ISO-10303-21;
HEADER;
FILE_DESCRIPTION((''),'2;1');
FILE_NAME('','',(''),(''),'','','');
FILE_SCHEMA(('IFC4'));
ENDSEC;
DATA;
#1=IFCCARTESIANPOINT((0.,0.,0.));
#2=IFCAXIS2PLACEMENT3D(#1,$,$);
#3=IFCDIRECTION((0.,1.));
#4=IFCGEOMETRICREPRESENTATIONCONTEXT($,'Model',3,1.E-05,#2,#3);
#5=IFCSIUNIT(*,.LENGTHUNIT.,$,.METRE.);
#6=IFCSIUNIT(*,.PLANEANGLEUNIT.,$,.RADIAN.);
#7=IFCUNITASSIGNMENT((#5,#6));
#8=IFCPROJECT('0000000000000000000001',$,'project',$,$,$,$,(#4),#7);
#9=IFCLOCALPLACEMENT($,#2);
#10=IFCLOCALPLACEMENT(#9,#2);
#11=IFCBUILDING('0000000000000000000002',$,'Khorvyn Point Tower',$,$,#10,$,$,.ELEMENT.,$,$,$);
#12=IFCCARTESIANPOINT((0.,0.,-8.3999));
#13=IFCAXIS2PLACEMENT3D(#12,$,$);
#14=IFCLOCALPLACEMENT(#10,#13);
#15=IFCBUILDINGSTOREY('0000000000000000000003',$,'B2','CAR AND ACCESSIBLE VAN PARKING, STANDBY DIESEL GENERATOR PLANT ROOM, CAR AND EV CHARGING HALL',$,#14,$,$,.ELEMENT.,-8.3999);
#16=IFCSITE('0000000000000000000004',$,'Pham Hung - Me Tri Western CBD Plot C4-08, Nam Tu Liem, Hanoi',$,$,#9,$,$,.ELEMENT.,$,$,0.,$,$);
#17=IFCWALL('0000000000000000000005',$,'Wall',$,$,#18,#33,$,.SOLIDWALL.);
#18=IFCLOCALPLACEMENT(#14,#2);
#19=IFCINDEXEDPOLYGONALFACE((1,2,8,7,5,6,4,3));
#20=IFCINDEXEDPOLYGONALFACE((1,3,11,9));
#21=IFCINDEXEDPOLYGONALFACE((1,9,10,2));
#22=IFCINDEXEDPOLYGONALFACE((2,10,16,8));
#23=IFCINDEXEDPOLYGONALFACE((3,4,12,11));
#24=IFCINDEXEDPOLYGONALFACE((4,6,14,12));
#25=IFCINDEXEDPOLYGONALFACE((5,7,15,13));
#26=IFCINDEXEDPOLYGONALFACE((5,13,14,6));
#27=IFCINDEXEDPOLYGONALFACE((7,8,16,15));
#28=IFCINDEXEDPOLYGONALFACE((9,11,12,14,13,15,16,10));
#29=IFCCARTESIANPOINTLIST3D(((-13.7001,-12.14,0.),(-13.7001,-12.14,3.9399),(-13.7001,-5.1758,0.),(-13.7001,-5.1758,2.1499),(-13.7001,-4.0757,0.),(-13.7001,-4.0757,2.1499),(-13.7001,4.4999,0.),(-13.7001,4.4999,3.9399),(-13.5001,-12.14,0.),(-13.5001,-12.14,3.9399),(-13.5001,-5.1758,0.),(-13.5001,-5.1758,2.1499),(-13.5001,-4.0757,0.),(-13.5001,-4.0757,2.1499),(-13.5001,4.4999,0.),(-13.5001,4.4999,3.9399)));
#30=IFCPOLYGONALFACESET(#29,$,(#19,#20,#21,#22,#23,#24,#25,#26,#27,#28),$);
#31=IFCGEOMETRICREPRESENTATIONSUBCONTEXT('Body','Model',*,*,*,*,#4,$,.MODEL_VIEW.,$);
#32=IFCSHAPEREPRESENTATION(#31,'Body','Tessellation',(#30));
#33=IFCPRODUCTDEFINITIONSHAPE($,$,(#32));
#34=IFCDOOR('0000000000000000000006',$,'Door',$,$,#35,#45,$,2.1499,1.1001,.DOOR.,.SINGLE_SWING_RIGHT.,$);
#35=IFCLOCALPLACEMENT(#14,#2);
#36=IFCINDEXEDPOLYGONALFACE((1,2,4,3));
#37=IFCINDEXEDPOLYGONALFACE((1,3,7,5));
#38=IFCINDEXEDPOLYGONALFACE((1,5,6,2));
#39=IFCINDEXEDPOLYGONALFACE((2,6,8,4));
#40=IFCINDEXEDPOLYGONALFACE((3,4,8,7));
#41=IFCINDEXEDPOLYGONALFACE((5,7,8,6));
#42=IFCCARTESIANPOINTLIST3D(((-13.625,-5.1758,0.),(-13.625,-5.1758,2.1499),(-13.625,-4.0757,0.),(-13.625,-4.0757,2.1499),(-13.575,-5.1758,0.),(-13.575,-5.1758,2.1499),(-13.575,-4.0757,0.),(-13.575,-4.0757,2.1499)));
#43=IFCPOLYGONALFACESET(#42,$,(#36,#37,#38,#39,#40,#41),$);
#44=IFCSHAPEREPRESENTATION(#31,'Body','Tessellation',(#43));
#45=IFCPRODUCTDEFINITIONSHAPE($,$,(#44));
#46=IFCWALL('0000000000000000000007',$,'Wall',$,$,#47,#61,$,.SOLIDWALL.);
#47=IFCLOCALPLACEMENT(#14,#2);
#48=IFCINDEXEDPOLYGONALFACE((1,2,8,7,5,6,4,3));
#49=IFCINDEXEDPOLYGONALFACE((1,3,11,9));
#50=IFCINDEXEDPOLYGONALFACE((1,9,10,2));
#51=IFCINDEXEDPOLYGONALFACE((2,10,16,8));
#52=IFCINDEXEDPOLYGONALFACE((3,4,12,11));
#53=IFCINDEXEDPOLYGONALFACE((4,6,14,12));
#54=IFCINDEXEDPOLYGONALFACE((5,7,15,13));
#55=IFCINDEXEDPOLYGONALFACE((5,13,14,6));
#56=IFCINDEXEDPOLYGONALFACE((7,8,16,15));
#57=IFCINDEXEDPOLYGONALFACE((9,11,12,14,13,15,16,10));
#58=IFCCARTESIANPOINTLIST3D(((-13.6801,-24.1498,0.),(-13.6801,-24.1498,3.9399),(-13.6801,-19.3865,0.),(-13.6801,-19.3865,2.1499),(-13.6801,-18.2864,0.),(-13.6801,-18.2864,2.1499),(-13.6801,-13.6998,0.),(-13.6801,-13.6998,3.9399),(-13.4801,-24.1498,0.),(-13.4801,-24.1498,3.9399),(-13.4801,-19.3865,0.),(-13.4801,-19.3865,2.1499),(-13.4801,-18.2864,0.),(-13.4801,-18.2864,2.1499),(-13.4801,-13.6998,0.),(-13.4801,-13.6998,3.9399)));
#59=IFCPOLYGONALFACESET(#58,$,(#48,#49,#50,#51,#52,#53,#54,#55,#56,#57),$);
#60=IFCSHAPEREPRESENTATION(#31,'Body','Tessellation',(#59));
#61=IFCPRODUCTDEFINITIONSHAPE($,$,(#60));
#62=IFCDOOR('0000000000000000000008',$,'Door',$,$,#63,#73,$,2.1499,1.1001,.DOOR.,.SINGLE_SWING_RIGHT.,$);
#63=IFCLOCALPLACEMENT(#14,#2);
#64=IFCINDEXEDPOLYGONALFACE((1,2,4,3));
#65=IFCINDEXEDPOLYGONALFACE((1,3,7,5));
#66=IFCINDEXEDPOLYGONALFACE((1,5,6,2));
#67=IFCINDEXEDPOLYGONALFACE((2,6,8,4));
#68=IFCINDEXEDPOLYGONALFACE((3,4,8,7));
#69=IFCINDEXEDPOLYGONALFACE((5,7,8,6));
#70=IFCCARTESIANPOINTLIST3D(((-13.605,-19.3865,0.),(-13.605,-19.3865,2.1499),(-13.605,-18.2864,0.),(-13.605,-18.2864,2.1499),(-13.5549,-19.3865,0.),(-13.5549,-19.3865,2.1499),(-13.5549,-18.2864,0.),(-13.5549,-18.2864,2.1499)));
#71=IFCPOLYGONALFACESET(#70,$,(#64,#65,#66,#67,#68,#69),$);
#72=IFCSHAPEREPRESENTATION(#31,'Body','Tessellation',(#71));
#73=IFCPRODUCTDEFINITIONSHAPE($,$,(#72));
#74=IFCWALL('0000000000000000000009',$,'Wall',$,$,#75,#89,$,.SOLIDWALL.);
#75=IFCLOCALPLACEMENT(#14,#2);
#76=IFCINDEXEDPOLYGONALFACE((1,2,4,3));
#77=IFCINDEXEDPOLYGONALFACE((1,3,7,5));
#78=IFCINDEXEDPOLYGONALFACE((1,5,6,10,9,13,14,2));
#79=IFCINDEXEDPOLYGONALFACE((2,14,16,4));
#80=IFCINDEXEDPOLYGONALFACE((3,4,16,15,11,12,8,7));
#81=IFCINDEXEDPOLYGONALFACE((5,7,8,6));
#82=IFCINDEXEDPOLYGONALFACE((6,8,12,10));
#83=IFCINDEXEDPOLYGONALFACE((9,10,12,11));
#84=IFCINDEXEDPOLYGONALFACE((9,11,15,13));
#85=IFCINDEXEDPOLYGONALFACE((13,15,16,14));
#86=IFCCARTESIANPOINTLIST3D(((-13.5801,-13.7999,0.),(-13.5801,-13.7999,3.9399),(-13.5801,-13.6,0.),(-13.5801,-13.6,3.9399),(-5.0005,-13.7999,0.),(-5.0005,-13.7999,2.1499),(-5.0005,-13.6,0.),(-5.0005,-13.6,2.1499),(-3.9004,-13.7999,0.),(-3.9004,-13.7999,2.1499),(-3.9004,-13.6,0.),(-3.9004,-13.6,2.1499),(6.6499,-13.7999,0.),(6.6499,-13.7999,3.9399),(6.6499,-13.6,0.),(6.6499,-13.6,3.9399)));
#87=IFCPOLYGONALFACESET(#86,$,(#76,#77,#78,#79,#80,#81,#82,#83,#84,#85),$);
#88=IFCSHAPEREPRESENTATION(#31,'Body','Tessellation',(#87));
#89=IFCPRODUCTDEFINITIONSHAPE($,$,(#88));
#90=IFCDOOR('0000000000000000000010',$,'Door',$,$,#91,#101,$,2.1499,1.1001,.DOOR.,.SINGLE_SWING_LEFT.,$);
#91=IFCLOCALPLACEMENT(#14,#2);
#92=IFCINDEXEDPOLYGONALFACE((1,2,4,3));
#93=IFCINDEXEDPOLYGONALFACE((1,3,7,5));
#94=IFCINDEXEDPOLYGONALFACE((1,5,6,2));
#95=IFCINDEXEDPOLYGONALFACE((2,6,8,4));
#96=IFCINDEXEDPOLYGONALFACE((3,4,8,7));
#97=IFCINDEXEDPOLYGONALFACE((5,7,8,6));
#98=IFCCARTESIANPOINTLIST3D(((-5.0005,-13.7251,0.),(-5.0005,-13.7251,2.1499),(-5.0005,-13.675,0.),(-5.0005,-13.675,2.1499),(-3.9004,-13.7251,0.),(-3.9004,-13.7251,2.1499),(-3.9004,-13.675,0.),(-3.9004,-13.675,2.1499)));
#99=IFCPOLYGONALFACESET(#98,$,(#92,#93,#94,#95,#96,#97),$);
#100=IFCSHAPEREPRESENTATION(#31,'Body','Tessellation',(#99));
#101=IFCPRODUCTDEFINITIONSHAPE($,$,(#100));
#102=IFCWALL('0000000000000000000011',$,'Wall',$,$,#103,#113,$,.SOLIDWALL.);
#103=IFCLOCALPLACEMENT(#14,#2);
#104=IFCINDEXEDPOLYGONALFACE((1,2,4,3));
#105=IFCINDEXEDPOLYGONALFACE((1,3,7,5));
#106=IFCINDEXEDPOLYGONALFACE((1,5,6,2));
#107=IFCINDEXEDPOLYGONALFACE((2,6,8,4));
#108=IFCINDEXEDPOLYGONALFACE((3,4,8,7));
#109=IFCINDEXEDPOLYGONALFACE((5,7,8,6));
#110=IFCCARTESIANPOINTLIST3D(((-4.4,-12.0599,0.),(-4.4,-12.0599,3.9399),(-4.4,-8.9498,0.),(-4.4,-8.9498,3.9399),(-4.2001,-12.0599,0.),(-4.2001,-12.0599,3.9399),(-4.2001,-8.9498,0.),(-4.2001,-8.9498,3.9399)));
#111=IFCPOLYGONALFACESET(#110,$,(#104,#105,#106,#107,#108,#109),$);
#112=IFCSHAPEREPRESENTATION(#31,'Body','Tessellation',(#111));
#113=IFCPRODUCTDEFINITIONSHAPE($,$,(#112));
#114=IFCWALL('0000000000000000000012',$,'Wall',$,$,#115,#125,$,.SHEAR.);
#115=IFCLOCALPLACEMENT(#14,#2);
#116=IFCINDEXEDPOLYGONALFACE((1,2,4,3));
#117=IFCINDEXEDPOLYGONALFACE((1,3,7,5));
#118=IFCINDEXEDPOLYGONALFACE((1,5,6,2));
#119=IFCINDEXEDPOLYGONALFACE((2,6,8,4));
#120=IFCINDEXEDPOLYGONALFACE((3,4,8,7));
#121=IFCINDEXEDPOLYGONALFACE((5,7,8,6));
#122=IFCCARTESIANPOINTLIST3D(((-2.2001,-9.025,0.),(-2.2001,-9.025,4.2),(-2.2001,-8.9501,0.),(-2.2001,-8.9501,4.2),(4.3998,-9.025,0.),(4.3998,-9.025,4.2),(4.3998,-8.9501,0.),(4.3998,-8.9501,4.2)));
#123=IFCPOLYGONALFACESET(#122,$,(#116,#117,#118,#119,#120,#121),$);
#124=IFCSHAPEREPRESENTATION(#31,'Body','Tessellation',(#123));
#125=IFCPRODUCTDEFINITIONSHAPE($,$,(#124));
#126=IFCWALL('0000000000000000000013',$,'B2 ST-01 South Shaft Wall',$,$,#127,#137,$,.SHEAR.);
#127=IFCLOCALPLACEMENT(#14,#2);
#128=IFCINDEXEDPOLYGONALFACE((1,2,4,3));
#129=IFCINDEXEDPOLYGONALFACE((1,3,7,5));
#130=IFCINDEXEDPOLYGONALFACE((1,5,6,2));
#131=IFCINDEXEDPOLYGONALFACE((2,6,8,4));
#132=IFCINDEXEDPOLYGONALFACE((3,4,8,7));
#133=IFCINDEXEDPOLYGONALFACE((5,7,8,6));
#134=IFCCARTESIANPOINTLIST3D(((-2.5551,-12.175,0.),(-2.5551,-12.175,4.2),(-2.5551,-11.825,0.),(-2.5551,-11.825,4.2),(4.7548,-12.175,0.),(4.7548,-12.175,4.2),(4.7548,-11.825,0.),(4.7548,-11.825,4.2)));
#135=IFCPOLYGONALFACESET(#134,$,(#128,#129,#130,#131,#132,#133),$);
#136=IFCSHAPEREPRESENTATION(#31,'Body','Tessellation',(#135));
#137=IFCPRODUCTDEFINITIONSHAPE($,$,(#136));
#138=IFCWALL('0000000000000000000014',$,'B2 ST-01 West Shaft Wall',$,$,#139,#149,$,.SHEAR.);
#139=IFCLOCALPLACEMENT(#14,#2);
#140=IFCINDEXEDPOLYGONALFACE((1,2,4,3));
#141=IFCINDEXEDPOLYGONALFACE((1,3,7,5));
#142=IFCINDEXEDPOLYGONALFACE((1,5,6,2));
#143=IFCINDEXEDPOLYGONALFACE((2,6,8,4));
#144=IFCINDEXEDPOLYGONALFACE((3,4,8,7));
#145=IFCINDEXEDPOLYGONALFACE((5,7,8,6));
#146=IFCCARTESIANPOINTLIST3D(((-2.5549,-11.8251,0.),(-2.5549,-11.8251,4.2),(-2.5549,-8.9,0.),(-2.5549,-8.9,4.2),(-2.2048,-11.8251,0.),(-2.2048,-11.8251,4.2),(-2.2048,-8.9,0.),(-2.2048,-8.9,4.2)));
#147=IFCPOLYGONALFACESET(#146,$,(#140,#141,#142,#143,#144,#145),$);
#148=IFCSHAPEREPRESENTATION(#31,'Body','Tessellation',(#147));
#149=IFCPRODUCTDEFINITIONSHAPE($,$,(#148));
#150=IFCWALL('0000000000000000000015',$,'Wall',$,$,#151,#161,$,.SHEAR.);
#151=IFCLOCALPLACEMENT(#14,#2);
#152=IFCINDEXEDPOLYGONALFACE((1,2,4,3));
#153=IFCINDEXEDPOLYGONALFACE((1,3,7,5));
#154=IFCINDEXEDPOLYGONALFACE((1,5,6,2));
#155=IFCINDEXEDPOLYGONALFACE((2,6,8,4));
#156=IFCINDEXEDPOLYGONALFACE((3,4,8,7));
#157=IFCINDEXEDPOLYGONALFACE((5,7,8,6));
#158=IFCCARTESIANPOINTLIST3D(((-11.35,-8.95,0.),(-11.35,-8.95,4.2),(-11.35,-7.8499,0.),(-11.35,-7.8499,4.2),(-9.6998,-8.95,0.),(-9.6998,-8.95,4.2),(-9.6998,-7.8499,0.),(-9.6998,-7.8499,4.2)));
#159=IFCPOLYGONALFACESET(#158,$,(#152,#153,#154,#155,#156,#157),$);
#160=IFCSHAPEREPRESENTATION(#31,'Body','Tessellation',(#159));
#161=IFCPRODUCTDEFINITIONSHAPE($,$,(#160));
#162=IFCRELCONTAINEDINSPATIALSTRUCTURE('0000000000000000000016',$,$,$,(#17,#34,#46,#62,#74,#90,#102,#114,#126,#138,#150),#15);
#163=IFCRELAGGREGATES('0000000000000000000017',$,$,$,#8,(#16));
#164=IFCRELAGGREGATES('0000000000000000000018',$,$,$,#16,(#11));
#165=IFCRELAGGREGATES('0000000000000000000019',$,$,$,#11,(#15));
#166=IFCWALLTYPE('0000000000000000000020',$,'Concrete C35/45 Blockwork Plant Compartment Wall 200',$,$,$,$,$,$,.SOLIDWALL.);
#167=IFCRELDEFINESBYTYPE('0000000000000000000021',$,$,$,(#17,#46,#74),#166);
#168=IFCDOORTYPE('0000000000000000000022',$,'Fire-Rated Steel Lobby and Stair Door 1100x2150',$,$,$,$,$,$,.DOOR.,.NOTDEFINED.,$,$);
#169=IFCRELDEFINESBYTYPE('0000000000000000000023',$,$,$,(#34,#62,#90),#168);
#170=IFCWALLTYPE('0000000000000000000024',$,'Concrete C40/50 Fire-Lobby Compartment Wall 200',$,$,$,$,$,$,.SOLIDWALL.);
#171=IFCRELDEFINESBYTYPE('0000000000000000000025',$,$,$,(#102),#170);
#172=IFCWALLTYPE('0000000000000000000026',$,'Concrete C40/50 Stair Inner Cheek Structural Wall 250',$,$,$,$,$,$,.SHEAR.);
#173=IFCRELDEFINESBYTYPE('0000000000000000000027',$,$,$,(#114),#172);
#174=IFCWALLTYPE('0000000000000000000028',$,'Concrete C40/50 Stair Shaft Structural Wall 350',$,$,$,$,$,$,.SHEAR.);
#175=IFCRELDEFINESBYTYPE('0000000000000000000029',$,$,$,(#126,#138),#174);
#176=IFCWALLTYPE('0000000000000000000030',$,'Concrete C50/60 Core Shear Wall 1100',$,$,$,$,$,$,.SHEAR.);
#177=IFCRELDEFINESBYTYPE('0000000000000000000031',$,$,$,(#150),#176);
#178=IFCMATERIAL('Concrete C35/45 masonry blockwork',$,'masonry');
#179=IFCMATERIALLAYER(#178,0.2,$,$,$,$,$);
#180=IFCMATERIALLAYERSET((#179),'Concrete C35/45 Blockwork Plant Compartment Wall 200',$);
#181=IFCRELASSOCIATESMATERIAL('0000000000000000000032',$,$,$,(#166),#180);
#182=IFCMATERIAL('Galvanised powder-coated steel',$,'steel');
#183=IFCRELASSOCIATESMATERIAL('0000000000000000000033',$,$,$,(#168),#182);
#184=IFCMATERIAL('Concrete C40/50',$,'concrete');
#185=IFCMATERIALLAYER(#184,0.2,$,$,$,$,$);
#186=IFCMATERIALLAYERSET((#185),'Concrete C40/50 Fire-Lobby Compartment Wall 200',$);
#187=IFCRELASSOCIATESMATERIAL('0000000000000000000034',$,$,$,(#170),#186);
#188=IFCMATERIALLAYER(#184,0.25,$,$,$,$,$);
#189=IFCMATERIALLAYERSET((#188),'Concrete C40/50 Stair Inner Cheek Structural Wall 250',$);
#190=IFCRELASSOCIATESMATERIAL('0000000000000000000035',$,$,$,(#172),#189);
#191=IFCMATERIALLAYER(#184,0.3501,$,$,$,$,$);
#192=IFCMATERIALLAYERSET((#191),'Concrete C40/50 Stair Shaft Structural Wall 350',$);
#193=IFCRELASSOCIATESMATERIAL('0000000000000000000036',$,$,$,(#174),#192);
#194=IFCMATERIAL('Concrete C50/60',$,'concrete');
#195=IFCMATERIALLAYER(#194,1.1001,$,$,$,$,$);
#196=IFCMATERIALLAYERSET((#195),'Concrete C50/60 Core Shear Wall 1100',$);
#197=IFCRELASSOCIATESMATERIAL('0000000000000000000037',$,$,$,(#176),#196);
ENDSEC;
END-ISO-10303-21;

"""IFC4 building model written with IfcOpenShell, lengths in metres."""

from ifc_helpers import new_model, si_unit, direction, frame, frame_2d, origin, place, context, subcontext, project, spatial, rectangle, extrude, material, layer, layer_set, type_object, element, fill, save


model = new_model("IFC4")

# Units and contexts
model_context = context("Model", 3, precision=1e-05, world=origin(), true_north=direction((0.0, 1.0)))
body_context = subcontext(model_context, "Body", "Model", "MODEL_VIEW")
ifc_project = project(units=[si_unit("LENGTHUNIT", "METRE"), si_unit("PLANEANGLEUNIT", "RADIAN")], contexts=[model_context])

# Site, building, storey
site_placement = place(None, origin())
site = spatial("IfcSite", under=ifc_project, at=site_placement, Name="Pham Hung - Me Tri Western CBD Plot C4-08, Nam Tu Liem, Hanoi", CompositionType="ELEMENT", RefElevation=0.0)
building_placement = place(site_placement, origin())
building = spatial("IfcBuilding", under=site, at=building_placement, Name="Khorvyn Point Tower", CompositionType="ELEMENT")
storey_placement = place(building_placement, frame((0.0, 0.0, -8.3999)))
storey = spatial("IfcBuildingStorey", under=building, at=storey_placement, Name="B2", Description="CAR AND ACCESSIBLE VAN PARKING, STANDBY DIESEL GENERATOR PLANT ROOM, CAR AND EV CHARGING HALL", CompositionType="ELEMENT", Elevation=-8.3999)

# Shared definitions
ifc_material_1 = material(Name="Concrete C50/60", Category="concrete")

# Walls, openings, doors
ifc_material_2 = material(Name="Concrete C35/45 masonry blockwork", Category="masonry")
ifc_layer_1 = layer(ifc_material_2, 0.2)
ifc_layer_set_1 = layer_set([ifc_layer_1], Name="Concrete C35/45 Blockwork Plant Compartment Wall 200")
wall_type_1 = type_object("IfcWallType", Name="Concrete C35/45 Blockwork Plant Compartment Wall 200", PredefinedType="SOLIDWALL", material=ifc_layer_set_1)
wall_1_placement = place(storey_placement, frame((-13.6001, -12.1399, 0.0), z_axis=(0.0, 0.0, 1.0), x_axis=(0.0, 1.0, 0.0)))
wall_1 = element("IfcWall", 1, at=wall_1_placement, inside=storey, type_object=wall_type_1, Name="Wall", PredefinedType="SOLIDWALL", context=body_context, shape_type="SweptSolid", body=[
    extrude(rectangle(XDim=16.6399, YDim=0.2, at=frame_2d((8.3198, 0.0))), origin(), (0.0, 0.0, 1.0), 3.9399),
])
opening_1_placement = place(wall_1_placement, frame((6.9641, 0.0, 0.0)))
opening_1 = element("IfcOpeningElement", 2, at=opening_1_placement, cuts=wall_1, PredefinedType="OPENING", context=body_context, shape_type="SweptSolid", body=[
    extrude(rectangle(XDim=1.1001, YDim=2.1499, at=frame_2d((0.55, 1.075))), frame((0.0, 0.1099, 0.0), z_axis=(0.0, -1.0, 0.0), x_axis=(1.0, 0.0, 0.0)), (0.0, 0.0, 1.0), 0.22),
])
ifc_material_3 = material(Name="Galvanised powder-coated steel", Category="steel")
door_type = type_object("IfcDoorType", Name="Fire-Rated Steel Lobby and Stair Door 1100x2150", OperationType="NOTDEFINED", PredefinedType="DOOR", material=ifc_material_3)
door_1_placement = place(opening_1_placement, origin())
door_1 = element("IfcDoor", 3, at=door_1_placement, inside=storey, type_object=door_type, Name="Door", OperationType="SINGLE_SWING_RIGHT", OverallHeight=2.1499, OverallWidth=1.1001, PredefinedType="DOOR", context=body_context, shape_type="SweptSolid", body=[
    extrude(rectangle(XDim=1.1001, YDim=2.1499, at=frame_2d((0.55, 1.075))), frame((0.0, 0.0249, 0.0), z_axis=(0.0, -1.0, 0.0), x_axis=(1.0, 0.0, 0.0)), (0.0, 0.0, 1.0), 0.05),
])
fill(opening_1, door_1)
wall_2_placement = place(storey_placement, frame((-13.5801, -24.1499, 0.0), z_axis=(0.0, 0.0, 1.0), x_axis=(0.0, 1.0, 0.0)))
wall_2 = element("IfcWall", 4, at=wall_2_placement, inside=storey, type_object=wall_type_1, Name="Wall", PredefinedType="SOLIDWALL", context=body_context, shape_type="SweptSolid", body=[
    extrude(rectangle(XDim=10.45, YDim=0.2, at=frame_2d((5.2251, 0.0))), origin(), (0.0, 0.0, 1.0), 3.9399),
])
opening_2_placement = place(wall_2_placement, frame((4.7634, 0.0, 0.0)))
opening_2 = element("IfcOpeningElement", 5, at=opening_2_placement, cuts=wall_2, PredefinedType="OPENING", context=body_context, shape_type="SweptSolid", body=[
    extrude(rectangle(XDim=1.1001, YDim=2.1499, at=frame_2d((0.55, 1.075))), frame((0.0, 0.1099, 0.0), z_axis=(0.0, -1.0, 0.0), x_axis=(1.0, 0.0, 0.0)), (0.0, 0.0, 1.0), 0.22),
])
door_2_placement = place(opening_2_placement, origin())
door_2 = element("IfcDoor", 6, at=door_2_placement, inside=storey, type_object=door_type, Name="Door", OperationType="SINGLE_SWING_RIGHT", OverallHeight=2.1499, OverallWidth=1.1001, PredefinedType="DOOR", context=body_context, shape_type="SweptSolid", body=[
    extrude(rectangle(XDim=1.1001, YDim=2.1499, at=frame_2d((0.55, 1.075))), frame((0.0, 0.0249, 0.0), z_axis=(0.0, -1.0, 0.0), x_axis=(1.0, 0.0, 0.0)), (0.0, 0.0, 1.0), 0.05),
])
fill(opening_2, door_2)
wall_3_placement = place(storey_placement, frame((-13.5801, -13.7, 0.0), z_axis=(0.0, 0.0, 1.0), x_axis=(1.0, 0.0, 0.0)))
wall_3 = element("IfcWall", 7, at=wall_3_placement, inside=storey, type_object=wall_type_1, Name="Wall", PredefinedType="SOLIDWALL", context=body_context, shape_type="SweptSolid", body=[
    extrude(rectangle(XDim=20.23, YDim=0.2, at=frame_2d((10.115, 0.0))), origin(), (0.0, 0.0, 1.0), 3.9399),
])
opening_3_placement = place(wall_3_placement, frame((8.5796, 0.0, 0.0)))
opening_3 = element("IfcOpeningElement", 8, at=opening_3_placement, cuts=wall_3, PredefinedType="OPENING", context=body_context, shape_type="SweptSolid", body=[
    extrude(rectangle(XDim=1.1001, YDim=2.1499, at=frame_2d((0.55, 1.075))), frame((0.0, 0.1099, 0.0), z_axis=(0.0, -1.0, 0.0), x_axis=(1.0, 0.0, 0.0)), (0.0, 0.0, 1.0), 0.22),
])
door_3_placement = place(opening_3_placement, origin())
door_3 = element("IfcDoor", 9, at=door_3_placement, inside=storey, type_object=door_type, Name="Door", OperationType="SINGLE_SWING_LEFT", OverallHeight=2.1499, OverallWidth=1.1001, PredefinedType="DOOR", context=body_context, shape_type="SweptSolid", body=[
    extrude(rectangle(XDim=1.1001, YDim=2.1499, at=frame_2d((0.55, 1.075))), frame((0.0, 0.0249, 0.0), z_axis=(0.0, -1.0, 0.0), x_axis=(1.0, 0.0, 0.0)), (0.0, 0.0, 1.0), 0.05),
])
fill(opening_3, door_3)
ifc_material_4 = material(Name="Concrete C40/50", Category="concrete")
ifc_layer_2 = layer(ifc_material_4, 0.2)
ifc_layer_set_2 = layer_set([ifc_layer_2], Name="Concrete C40/50 Fire-Lobby Compartment Wall 200")
wall_type_2 = type_object("IfcWallType", Name="Concrete C40/50 Fire-Lobby Compartment Wall 200", PredefinedType="SOLIDWALL", material=ifc_layer_set_2)

# Walls
wall_4_placement = place(storey_placement, frame((-4.3, -12.0601, 0.0), z_axis=(0.0, 0.0, 1.0), x_axis=(0.0, 1.0, 0.0)))
element("IfcWall", 10, at=wall_4_placement, inside=storey, type_object=wall_type_2, Name="Wall", PredefinedType="SOLIDWALL", context=body_context, shape_type="SweptSolid", body=[
    extrude(rectangle(XDim=3.1101, YDim=0.2, at=frame_2d((1.5552, 0.0))), origin(), (0.0, 0.0, 1.0), 3.9399),
])
ifc_layer_3 = layer(ifc_material_4, 0.25)
ifc_layer_set_3 = layer_set([ifc_layer_3], Name="Concrete C40/50 Stair Inner Cheek Structural Wall 250")
wall_type_3 = type_object("IfcWallType", Name="Concrete C40/50 Stair Inner Cheek Structural Wall 250", PredefinedType="SHEAR", material=ifc_layer_set_3)
wall_5_placement = place(storey_placement, frame((-2.2, -8.9875, 0.0), z_axis=(0.0, 0.0, 1.0), x_axis=(1.0, 0.0, 0.0)))
element("IfcWall", 11, at=wall_5_placement, inside=storey, type_object=wall_type_3, Name="Wall", PredefinedType="SHEAR", context=body_context, shape_type="SweptSolid", body=[
    extrude(rectangle(XDim=6.5999, YDim=0.075, at=frame_2d((3.2998, 0.0))), origin(), (0.0, 0.0, 1.0), 4.2),
])
ifc_layer_4 = layer(ifc_material_4, 0.3501)
ifc_layer_set_4 = layer_set([ifc_layer_4], Name="Concrete C40/50 Stair Shaft Structural Wall 350")
wall_type_4 = type_object("IfcWallType", Name="Concrete C40/50 Stair Shaft Structural Wall 350", PredefinedType="SHEAR", material=ifc_layer_set_4)
wall_6_placement = place(storey_placement, frame((-2.5549, -12.0, 0.0), z_axis=(0.0, 0.0, 1.0), x_axis=(1.0, 0.0, 0.0)))
element("IfcWall", 12, at=wall_6_placement, inside=storey, type_object=wall_type_4, Name="B2 ST-01 South Shaft Wall", PredefinedType="SHEAR", context=body_context, shape_type="SweptSolid", body=[
    extrude(rectangle(XDim=7.3098, YDim=0.3501, at=frame_2d((3.6548, 0.0))), origin(), (0.0, 0.0, 1.0), 4.2),
])
wall_7_placement = place(storey_placement, frame((-2.3799, -11.825, 0.0), z_axis=(0.0, 0.0, 1.0), x_axis=(0.0, 1.0, 0.0)))
element("IfcWall", 13, at=wall_7_placement, inside=storey, type_object=wall_type_4, Name="B2 ST-01 West Shaft Wall", PredefinedType="SHEAR", context=body_context, shape_type="SweptSolid", body=[
    extrude(rectangle(XDim=2.925, YDim=0.3501, at=frame_2d((1.4624, 0.0))), origin(), (0.0, 0.0, 1.0), 4.2),
])
ifc_layer_5 = layer(ifc_material_1, 1.1001)
ifc_layer_set_5 = layer_set([ifc_layer_5], Name="Concrete C50/60 Core Shear Wall 1100")
wall_type_5 = type_object("IfcWallType", Name="Concrete C50/60 Core Shear Wall 1100", PredefinedType="SHEAR", material=ifc_layer_set_5)
wall_8_placement = place(storey_placement, frame((-11.3501, -8.3999, 0.0), z_axis=(0.0, 0.0, 1.0), x_axis=(1.0, 0.0, 0.0)))
element("IfcWall", 14, at=wall_8_placement, inside=storey, type_object=wall_type_5, Name="Wall", PredefinedType="SHEAR", context=body_context, shape_type="SweptSolid", body=[
    extrude(rectangle(XDim=1.6501, YDim=1.1001, at=frame_2d((0.8252, 0.0))), origin(), (0.0, 0.0, 1.0), 4.2),
])

save(model, "model.ifc")
